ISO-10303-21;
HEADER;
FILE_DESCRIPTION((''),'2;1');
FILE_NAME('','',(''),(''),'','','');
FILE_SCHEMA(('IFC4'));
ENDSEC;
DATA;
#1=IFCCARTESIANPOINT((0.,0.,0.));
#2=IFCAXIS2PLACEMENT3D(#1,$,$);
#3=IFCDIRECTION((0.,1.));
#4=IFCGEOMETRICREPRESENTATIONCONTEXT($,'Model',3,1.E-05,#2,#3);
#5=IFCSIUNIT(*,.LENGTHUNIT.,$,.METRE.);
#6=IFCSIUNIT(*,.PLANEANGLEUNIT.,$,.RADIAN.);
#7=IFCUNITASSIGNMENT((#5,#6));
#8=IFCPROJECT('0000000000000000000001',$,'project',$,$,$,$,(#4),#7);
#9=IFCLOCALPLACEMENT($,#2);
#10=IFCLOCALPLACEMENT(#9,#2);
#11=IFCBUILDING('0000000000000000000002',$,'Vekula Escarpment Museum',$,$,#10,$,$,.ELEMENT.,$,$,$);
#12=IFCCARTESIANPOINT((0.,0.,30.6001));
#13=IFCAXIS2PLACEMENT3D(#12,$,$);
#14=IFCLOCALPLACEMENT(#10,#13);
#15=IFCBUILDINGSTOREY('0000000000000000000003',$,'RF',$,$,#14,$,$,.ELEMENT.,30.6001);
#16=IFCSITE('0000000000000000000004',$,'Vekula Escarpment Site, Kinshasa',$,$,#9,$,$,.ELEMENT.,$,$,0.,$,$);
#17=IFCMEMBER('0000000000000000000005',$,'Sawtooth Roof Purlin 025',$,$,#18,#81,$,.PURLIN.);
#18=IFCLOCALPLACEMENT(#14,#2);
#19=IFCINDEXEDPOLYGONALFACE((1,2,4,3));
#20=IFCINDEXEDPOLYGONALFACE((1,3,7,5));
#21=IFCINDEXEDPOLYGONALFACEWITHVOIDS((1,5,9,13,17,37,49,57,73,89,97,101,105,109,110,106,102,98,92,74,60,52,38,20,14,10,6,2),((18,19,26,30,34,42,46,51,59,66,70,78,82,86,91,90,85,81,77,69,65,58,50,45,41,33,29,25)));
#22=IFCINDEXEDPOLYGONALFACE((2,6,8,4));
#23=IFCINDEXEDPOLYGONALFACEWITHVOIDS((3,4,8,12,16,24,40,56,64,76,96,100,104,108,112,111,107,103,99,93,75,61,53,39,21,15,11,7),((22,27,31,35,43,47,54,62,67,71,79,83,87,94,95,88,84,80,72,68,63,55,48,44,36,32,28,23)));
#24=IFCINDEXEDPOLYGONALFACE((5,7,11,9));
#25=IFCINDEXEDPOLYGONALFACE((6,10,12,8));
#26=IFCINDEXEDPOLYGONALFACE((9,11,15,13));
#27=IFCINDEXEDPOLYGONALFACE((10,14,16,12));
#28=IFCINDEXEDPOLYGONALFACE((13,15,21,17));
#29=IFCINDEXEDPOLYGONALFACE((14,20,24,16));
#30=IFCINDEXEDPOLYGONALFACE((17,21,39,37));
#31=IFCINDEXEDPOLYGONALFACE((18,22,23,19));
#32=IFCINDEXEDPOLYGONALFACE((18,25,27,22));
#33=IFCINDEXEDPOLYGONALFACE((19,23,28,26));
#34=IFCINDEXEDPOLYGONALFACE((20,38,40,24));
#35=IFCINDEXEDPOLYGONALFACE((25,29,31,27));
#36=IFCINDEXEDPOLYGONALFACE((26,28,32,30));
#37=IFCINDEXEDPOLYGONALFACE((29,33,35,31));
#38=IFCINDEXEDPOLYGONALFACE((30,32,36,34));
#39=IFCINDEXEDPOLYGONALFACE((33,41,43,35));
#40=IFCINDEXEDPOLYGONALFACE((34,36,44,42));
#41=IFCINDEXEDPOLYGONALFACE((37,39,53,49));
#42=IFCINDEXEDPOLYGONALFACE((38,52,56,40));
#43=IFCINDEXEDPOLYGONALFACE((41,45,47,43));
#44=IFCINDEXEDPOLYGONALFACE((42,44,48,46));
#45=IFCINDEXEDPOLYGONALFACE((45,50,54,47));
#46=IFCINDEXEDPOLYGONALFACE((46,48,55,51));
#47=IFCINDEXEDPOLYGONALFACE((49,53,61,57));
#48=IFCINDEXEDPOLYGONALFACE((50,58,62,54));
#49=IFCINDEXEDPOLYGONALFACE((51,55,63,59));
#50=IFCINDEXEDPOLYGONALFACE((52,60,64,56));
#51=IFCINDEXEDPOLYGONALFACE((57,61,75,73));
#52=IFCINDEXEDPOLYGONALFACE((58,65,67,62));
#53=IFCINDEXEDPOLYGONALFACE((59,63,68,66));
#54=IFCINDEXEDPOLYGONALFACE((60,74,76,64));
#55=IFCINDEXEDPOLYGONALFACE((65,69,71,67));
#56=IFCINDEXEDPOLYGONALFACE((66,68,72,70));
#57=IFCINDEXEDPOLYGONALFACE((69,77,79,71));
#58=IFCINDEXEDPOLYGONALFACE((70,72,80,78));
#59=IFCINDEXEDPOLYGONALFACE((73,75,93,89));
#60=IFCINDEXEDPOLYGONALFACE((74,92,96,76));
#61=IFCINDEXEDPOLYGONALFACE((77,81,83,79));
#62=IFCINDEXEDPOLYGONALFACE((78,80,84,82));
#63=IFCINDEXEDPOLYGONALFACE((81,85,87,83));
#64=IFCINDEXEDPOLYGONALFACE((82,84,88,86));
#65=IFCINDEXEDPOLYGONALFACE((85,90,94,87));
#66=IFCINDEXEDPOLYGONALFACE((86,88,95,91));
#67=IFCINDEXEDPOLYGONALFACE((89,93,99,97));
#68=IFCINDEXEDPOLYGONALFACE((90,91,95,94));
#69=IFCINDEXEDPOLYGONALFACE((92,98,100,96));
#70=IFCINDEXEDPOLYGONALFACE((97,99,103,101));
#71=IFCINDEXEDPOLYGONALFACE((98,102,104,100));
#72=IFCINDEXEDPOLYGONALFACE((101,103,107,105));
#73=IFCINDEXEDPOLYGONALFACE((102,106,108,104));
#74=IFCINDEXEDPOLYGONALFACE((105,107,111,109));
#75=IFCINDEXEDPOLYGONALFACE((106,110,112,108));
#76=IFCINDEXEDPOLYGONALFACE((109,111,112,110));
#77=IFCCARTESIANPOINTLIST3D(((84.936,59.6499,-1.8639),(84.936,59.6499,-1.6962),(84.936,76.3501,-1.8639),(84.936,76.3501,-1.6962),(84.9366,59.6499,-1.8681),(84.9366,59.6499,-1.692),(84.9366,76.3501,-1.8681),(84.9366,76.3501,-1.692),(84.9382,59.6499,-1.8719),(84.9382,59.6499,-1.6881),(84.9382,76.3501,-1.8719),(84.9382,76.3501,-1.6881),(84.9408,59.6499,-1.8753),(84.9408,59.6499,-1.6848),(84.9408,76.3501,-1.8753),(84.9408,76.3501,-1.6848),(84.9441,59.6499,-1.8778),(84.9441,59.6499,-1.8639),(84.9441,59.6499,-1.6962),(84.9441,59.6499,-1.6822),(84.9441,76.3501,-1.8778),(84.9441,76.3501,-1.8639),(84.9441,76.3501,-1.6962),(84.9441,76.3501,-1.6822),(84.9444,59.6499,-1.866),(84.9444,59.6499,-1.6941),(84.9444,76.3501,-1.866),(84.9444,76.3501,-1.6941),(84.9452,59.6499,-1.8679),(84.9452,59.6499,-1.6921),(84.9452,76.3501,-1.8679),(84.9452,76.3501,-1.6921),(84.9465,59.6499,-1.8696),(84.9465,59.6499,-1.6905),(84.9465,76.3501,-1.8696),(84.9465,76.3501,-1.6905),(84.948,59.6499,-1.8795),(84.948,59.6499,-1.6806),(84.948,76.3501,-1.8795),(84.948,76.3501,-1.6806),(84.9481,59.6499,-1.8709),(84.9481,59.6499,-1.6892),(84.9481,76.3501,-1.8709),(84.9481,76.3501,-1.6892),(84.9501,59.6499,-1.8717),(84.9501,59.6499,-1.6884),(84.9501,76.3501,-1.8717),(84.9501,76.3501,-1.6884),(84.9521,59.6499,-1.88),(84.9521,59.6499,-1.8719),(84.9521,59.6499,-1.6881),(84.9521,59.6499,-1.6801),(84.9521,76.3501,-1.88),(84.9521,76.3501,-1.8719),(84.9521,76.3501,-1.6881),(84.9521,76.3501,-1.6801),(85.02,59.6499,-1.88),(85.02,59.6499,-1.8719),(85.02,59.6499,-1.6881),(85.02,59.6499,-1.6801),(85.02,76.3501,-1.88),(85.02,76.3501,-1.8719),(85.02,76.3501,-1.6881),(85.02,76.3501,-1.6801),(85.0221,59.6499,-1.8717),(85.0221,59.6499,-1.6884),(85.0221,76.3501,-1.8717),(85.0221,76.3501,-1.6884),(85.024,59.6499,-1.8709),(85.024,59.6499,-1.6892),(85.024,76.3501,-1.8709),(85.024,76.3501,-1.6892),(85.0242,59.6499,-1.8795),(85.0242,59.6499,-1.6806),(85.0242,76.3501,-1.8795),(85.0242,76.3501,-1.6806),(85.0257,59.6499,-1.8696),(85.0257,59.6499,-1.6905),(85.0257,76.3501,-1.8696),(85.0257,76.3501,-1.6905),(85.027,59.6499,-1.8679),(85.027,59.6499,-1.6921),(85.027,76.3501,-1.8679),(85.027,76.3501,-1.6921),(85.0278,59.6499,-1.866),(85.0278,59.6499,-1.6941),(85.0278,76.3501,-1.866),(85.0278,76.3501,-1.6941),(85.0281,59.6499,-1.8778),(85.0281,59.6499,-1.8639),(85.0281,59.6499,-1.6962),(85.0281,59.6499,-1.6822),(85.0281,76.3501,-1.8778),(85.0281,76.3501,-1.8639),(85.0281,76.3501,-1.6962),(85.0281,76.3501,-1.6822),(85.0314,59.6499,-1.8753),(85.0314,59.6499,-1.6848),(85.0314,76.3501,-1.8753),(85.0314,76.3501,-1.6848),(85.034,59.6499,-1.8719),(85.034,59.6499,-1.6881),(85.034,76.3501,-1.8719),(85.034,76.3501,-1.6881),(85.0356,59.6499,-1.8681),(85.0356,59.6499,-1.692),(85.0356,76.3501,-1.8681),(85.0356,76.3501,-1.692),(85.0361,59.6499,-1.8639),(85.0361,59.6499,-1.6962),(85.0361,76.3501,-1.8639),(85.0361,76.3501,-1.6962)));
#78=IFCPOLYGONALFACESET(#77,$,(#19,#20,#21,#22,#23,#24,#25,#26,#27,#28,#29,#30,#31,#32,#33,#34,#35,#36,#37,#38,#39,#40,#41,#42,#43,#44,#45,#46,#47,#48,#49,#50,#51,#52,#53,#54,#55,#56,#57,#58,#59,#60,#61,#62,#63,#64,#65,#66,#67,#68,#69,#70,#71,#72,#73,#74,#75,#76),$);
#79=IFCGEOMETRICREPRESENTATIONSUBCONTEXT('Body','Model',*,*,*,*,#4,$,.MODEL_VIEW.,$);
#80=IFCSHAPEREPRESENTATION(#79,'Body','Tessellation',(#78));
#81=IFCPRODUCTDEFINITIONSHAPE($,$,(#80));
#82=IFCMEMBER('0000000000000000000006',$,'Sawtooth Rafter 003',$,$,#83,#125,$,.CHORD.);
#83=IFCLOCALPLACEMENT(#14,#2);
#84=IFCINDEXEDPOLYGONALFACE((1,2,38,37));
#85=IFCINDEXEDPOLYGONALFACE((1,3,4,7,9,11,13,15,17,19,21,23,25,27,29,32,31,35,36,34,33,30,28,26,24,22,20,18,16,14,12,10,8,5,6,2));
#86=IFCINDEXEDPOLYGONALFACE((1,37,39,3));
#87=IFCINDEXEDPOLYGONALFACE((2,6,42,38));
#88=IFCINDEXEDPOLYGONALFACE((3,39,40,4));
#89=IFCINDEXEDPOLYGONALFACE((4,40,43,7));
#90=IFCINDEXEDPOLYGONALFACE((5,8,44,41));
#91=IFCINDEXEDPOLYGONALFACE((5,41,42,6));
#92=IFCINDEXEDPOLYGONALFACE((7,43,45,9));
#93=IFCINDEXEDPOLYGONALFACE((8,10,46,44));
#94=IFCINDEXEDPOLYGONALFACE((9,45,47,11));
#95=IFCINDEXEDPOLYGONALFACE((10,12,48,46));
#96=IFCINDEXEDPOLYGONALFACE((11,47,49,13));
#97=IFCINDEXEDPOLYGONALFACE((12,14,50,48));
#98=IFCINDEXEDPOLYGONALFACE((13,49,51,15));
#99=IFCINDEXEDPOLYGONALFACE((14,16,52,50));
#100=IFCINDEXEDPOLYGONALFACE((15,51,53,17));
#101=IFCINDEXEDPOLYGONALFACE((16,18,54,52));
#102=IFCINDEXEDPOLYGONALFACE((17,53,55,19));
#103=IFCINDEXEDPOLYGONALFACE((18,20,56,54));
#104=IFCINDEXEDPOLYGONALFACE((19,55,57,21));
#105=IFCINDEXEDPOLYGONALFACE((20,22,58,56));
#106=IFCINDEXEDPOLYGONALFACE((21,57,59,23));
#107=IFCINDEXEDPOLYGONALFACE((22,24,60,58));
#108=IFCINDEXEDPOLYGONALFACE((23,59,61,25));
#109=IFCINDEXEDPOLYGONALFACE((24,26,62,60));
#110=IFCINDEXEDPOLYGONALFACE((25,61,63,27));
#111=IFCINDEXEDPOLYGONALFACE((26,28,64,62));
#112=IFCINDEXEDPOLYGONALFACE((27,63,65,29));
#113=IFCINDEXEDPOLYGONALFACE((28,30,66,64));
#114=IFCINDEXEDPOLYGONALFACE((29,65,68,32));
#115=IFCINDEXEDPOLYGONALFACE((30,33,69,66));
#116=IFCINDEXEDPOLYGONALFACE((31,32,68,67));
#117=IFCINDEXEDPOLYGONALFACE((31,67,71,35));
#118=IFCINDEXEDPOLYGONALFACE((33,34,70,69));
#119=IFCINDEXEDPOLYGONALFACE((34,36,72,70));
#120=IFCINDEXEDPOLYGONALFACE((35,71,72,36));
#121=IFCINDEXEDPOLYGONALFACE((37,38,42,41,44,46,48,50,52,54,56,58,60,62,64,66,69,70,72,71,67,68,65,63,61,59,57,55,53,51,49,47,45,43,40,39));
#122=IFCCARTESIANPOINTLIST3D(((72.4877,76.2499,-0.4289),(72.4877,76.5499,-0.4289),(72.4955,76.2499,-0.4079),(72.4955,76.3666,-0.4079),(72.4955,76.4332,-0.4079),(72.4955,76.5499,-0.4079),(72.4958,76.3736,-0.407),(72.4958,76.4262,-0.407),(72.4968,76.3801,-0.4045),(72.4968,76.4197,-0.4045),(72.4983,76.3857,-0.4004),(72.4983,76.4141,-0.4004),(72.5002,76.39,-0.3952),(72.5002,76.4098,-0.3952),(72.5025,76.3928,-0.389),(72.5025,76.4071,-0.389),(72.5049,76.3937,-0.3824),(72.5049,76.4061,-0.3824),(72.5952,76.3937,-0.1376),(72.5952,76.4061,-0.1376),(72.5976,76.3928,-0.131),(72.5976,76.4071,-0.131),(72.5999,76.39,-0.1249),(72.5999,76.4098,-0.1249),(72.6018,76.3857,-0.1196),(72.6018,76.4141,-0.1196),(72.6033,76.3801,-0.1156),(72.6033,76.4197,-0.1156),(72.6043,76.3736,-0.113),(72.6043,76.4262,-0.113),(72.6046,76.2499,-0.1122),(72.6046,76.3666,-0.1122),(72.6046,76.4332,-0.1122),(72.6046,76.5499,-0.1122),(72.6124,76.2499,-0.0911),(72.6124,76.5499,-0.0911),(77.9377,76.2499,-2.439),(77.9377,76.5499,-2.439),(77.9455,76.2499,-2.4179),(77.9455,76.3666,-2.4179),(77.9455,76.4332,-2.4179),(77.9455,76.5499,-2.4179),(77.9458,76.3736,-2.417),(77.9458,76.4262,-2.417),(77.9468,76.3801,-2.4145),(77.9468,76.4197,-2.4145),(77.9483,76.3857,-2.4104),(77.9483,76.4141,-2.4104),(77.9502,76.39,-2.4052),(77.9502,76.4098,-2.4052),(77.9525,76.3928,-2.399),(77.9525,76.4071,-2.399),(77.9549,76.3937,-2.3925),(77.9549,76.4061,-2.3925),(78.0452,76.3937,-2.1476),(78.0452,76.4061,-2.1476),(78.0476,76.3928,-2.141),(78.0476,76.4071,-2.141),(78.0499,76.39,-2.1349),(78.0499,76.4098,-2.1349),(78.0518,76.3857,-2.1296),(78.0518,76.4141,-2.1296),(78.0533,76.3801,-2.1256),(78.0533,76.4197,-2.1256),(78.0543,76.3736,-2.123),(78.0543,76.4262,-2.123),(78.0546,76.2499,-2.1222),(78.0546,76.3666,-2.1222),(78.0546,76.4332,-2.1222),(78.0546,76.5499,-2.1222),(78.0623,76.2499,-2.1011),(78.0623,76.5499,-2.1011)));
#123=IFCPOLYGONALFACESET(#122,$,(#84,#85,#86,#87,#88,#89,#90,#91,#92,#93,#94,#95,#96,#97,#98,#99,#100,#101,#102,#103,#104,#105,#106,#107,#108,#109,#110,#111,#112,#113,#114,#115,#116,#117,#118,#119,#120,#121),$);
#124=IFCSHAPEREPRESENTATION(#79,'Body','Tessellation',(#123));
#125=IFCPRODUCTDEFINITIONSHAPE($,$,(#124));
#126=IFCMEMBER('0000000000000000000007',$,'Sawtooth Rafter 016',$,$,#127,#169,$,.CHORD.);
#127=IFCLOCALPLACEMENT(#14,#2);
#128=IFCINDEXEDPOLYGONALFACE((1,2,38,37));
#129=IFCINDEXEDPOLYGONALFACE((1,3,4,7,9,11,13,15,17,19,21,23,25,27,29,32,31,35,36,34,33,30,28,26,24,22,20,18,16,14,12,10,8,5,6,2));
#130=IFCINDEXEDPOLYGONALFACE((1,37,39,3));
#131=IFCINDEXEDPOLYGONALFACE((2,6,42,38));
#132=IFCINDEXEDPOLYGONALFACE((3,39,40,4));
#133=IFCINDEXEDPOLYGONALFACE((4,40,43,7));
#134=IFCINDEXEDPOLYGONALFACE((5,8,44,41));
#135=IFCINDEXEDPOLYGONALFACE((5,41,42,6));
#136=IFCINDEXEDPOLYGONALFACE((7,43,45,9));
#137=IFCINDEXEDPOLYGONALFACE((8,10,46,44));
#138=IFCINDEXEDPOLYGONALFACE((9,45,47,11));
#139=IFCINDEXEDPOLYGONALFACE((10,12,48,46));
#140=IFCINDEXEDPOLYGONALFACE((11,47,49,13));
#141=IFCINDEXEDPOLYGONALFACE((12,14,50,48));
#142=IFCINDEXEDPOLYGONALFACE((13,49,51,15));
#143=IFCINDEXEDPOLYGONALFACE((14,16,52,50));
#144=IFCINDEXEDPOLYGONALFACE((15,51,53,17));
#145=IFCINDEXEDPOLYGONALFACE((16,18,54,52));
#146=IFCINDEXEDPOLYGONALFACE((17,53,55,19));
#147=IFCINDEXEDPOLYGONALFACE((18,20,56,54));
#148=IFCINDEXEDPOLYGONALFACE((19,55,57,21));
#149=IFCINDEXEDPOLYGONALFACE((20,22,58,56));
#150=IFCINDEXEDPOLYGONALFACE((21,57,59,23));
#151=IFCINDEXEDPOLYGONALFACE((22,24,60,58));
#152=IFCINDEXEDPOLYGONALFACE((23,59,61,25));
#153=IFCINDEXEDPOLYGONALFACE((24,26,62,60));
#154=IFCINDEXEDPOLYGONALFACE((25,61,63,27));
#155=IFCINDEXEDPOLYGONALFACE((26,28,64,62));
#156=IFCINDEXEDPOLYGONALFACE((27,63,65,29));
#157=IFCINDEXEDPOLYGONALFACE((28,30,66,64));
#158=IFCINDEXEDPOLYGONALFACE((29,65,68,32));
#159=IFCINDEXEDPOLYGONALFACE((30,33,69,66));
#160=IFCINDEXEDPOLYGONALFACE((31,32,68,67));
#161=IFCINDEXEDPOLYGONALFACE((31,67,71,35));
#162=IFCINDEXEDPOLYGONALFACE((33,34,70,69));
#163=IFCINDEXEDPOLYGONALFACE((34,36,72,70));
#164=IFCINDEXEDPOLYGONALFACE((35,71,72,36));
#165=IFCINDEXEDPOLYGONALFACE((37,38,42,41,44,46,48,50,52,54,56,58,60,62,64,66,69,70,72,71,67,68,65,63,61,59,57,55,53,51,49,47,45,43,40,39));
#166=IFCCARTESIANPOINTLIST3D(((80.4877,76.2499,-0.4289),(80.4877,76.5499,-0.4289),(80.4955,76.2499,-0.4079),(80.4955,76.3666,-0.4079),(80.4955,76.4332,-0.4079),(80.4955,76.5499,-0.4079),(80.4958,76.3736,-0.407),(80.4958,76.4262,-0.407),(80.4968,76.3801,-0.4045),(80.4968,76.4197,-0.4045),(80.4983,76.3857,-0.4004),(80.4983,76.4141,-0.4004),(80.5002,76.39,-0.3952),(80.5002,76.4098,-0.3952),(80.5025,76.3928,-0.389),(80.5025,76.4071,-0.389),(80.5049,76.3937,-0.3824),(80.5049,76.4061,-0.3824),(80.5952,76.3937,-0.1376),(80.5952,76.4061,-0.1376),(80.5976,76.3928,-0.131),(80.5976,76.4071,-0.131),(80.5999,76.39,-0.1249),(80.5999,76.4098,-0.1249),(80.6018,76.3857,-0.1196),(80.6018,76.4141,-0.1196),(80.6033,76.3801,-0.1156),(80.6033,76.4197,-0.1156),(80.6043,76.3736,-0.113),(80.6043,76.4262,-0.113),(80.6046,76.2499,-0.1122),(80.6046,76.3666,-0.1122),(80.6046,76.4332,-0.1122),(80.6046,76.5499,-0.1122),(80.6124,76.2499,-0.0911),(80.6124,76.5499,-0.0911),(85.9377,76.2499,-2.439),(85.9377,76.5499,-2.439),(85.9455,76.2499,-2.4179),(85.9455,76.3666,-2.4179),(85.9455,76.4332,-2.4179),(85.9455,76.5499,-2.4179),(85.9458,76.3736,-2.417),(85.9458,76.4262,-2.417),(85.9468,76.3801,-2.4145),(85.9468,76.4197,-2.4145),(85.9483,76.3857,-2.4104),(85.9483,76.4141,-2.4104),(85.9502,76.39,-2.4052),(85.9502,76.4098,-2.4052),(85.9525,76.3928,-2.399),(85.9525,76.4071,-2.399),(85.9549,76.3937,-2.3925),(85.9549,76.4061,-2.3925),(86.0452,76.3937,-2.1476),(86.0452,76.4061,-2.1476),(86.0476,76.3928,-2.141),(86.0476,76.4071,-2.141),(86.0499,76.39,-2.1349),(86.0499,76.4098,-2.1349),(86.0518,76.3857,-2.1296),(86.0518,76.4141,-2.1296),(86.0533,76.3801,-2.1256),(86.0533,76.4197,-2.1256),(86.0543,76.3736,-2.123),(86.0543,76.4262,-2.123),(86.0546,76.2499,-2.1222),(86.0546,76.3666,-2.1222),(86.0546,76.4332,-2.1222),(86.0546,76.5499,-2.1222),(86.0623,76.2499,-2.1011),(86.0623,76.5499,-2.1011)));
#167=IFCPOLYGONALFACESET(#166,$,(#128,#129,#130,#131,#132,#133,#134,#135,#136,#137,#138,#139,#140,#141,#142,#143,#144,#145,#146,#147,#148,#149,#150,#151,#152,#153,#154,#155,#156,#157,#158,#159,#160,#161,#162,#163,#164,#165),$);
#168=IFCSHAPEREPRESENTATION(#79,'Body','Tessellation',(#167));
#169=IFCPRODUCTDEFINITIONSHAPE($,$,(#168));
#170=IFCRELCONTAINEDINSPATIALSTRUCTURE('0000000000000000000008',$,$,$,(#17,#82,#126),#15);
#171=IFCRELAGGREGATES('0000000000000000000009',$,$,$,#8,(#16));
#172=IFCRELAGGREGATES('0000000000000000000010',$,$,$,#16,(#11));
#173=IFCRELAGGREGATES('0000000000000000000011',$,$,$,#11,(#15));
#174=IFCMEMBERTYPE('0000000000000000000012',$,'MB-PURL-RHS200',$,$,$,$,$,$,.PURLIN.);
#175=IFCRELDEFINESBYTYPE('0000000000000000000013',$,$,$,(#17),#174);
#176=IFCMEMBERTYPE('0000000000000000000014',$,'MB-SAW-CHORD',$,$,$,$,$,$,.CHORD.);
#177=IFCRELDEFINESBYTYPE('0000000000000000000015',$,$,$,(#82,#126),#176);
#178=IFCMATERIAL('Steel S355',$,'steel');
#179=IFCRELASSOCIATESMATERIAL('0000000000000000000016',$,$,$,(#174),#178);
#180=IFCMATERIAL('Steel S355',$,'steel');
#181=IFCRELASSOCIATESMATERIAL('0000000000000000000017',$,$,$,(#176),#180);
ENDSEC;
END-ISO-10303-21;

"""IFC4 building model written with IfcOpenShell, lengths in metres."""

from ifc_helpers import new_model, si_unit, direction, frame, origin, origin_2d, place, context, subcontext, project, spatial, hollow_rectangle, i_section, extrude, material, material_profile, profile_set, type_object, element, save


model = new_model("IFC4")

# Units and contexts
model_context = context("Model", 3, precision=1e-05, world=origin(), true_north=direction((0.0, 1.0)))
body_context = subcontext(model_context, "Body", "Model", "MODEL_VIEW")
ifc_project = project(units=[si_unit("LENGTHUNIT", "METRE"), si_unit("PLANEANGLEUNIT", "RADIAN")], contexts=[model_context])

# Site, building, storey
site_placement = place(None, origin())
site = spatial("IfcSite", under=ifc_project, at=site_placement, Name="Vekula Escarpment Site, Kinshasa", CompositionType="ELEMENT", RefElevation=0.0)
building_placement = place(site_placement, origin())
building = spatial("IfcBuilding", under=site, at=building_placement, Name="Vekula Escarpment Museum", CompositionType="ELEMENT")
storey_placement = place(building_placement, frame((0.0, 0.0, 30.6001)))
storey = spatial("IfcBuildingStorey", under=building, at=storey_placement, Name="RF", CompositionType="ELEMENT", Elevation=30.6001)

# Members
ifc_material_1 = material(Name="Steel S355", Category="steel")
ifc_material_profile_1 = material_profile(ifc_material_1, hollow_rectangle(XDim=0.1001, YDim=0.2, WallThickness=0.0081, InnerFilletRadius=0.0081, OuterFilletRadius=0.0161, at=origin_2d()), Name="RHS 200x100x8")
ifc_profile_set_1 = profile_set([ifc_material_profile_1], Name="Steel S355")
member_type_1 = type_object("IfcMemberType", Name="MB-PURL-RHS200", PredefinedType="PURLIN", material=ifc_profile_set_1)
for number, where, z_axis, x_axis, name in (
    (1, (84.9861, 59.6499, -1.78), (0.0, 1.0, 0.0), (-1.0, 0.0, 0.0), "Sawtooth Roof Purlin 025"),
):
    element("IfcMember", number, at=place(storey_placement, frame(where, z_axis=z_axis, x_axis=x_axis)), inside=storey, type_object=member_type_1, Name=name, PredefinedType="PURLIN", context=body_context, shape_type="SweptSolid", body=[
        extrude(hollow_rectangle(XDim=0.1001, YDim=0.2, WallThickness=0.0081, InnerFilletRadius=0.0081, OuterFilletRadius=0.0161, at=origin_2d()), origin(), (0.0, 0.0, 1.0), 16.7002),
    ])
ifc_material_2 = material(Name="Steel S355", Category="steel")
ifc_material_profile_2 = material_profile(ifc_material_2, i_section(OverallWidth=0.3, OverallDepth=0.3601, WebThickness=0.0125, FlangeThickness=0.0225, FilletRadius=0.0271, at=origin_2d()), Name="HEB 360")
ifc_profile_set_2 = profile_set([ifc_material_profile_2], Name="Steel S355")
member_type_2 = type_object("IfcMemberType", Name="MB-SAW-CHORD", PredefinedType="CHORD", material=ifc_profile_set_2)
for number, where, z_axis, x_axis, name in (
    (2, (72.55, 76.3999, -0.26), (0.938224, 0.0, -0.346029), (0.0, 1.0, 0.0), "Sawtooth Rafter 003"),
    (3, (80.55, 76.3999, -0.26), (0.938224, 0.0, -0.346029), (0.0, 1.0, 0.0), "Sawtooth Rafter 016"),
):
    element("IfcMember", number, at=place(storey_placement, frame(where, z_axis=z_axis, x_axis=x_axis)), inside=storey, type_object=member_type_2, Name=name, PredefinedType="CHORD", context=body_context, shape_type="SweptSolid", body=[
        extrude(i_section(OverallWidth=0.3, OverallDepth=0.3601, WebThickness=0.0125, FlangeThickness=0.0225, FilletRadius=0.0271, at=origin_2d()), origin(), (0.0, 0.0, 1.0), 5.8088),
    ])

save(model, "model.ifc")
